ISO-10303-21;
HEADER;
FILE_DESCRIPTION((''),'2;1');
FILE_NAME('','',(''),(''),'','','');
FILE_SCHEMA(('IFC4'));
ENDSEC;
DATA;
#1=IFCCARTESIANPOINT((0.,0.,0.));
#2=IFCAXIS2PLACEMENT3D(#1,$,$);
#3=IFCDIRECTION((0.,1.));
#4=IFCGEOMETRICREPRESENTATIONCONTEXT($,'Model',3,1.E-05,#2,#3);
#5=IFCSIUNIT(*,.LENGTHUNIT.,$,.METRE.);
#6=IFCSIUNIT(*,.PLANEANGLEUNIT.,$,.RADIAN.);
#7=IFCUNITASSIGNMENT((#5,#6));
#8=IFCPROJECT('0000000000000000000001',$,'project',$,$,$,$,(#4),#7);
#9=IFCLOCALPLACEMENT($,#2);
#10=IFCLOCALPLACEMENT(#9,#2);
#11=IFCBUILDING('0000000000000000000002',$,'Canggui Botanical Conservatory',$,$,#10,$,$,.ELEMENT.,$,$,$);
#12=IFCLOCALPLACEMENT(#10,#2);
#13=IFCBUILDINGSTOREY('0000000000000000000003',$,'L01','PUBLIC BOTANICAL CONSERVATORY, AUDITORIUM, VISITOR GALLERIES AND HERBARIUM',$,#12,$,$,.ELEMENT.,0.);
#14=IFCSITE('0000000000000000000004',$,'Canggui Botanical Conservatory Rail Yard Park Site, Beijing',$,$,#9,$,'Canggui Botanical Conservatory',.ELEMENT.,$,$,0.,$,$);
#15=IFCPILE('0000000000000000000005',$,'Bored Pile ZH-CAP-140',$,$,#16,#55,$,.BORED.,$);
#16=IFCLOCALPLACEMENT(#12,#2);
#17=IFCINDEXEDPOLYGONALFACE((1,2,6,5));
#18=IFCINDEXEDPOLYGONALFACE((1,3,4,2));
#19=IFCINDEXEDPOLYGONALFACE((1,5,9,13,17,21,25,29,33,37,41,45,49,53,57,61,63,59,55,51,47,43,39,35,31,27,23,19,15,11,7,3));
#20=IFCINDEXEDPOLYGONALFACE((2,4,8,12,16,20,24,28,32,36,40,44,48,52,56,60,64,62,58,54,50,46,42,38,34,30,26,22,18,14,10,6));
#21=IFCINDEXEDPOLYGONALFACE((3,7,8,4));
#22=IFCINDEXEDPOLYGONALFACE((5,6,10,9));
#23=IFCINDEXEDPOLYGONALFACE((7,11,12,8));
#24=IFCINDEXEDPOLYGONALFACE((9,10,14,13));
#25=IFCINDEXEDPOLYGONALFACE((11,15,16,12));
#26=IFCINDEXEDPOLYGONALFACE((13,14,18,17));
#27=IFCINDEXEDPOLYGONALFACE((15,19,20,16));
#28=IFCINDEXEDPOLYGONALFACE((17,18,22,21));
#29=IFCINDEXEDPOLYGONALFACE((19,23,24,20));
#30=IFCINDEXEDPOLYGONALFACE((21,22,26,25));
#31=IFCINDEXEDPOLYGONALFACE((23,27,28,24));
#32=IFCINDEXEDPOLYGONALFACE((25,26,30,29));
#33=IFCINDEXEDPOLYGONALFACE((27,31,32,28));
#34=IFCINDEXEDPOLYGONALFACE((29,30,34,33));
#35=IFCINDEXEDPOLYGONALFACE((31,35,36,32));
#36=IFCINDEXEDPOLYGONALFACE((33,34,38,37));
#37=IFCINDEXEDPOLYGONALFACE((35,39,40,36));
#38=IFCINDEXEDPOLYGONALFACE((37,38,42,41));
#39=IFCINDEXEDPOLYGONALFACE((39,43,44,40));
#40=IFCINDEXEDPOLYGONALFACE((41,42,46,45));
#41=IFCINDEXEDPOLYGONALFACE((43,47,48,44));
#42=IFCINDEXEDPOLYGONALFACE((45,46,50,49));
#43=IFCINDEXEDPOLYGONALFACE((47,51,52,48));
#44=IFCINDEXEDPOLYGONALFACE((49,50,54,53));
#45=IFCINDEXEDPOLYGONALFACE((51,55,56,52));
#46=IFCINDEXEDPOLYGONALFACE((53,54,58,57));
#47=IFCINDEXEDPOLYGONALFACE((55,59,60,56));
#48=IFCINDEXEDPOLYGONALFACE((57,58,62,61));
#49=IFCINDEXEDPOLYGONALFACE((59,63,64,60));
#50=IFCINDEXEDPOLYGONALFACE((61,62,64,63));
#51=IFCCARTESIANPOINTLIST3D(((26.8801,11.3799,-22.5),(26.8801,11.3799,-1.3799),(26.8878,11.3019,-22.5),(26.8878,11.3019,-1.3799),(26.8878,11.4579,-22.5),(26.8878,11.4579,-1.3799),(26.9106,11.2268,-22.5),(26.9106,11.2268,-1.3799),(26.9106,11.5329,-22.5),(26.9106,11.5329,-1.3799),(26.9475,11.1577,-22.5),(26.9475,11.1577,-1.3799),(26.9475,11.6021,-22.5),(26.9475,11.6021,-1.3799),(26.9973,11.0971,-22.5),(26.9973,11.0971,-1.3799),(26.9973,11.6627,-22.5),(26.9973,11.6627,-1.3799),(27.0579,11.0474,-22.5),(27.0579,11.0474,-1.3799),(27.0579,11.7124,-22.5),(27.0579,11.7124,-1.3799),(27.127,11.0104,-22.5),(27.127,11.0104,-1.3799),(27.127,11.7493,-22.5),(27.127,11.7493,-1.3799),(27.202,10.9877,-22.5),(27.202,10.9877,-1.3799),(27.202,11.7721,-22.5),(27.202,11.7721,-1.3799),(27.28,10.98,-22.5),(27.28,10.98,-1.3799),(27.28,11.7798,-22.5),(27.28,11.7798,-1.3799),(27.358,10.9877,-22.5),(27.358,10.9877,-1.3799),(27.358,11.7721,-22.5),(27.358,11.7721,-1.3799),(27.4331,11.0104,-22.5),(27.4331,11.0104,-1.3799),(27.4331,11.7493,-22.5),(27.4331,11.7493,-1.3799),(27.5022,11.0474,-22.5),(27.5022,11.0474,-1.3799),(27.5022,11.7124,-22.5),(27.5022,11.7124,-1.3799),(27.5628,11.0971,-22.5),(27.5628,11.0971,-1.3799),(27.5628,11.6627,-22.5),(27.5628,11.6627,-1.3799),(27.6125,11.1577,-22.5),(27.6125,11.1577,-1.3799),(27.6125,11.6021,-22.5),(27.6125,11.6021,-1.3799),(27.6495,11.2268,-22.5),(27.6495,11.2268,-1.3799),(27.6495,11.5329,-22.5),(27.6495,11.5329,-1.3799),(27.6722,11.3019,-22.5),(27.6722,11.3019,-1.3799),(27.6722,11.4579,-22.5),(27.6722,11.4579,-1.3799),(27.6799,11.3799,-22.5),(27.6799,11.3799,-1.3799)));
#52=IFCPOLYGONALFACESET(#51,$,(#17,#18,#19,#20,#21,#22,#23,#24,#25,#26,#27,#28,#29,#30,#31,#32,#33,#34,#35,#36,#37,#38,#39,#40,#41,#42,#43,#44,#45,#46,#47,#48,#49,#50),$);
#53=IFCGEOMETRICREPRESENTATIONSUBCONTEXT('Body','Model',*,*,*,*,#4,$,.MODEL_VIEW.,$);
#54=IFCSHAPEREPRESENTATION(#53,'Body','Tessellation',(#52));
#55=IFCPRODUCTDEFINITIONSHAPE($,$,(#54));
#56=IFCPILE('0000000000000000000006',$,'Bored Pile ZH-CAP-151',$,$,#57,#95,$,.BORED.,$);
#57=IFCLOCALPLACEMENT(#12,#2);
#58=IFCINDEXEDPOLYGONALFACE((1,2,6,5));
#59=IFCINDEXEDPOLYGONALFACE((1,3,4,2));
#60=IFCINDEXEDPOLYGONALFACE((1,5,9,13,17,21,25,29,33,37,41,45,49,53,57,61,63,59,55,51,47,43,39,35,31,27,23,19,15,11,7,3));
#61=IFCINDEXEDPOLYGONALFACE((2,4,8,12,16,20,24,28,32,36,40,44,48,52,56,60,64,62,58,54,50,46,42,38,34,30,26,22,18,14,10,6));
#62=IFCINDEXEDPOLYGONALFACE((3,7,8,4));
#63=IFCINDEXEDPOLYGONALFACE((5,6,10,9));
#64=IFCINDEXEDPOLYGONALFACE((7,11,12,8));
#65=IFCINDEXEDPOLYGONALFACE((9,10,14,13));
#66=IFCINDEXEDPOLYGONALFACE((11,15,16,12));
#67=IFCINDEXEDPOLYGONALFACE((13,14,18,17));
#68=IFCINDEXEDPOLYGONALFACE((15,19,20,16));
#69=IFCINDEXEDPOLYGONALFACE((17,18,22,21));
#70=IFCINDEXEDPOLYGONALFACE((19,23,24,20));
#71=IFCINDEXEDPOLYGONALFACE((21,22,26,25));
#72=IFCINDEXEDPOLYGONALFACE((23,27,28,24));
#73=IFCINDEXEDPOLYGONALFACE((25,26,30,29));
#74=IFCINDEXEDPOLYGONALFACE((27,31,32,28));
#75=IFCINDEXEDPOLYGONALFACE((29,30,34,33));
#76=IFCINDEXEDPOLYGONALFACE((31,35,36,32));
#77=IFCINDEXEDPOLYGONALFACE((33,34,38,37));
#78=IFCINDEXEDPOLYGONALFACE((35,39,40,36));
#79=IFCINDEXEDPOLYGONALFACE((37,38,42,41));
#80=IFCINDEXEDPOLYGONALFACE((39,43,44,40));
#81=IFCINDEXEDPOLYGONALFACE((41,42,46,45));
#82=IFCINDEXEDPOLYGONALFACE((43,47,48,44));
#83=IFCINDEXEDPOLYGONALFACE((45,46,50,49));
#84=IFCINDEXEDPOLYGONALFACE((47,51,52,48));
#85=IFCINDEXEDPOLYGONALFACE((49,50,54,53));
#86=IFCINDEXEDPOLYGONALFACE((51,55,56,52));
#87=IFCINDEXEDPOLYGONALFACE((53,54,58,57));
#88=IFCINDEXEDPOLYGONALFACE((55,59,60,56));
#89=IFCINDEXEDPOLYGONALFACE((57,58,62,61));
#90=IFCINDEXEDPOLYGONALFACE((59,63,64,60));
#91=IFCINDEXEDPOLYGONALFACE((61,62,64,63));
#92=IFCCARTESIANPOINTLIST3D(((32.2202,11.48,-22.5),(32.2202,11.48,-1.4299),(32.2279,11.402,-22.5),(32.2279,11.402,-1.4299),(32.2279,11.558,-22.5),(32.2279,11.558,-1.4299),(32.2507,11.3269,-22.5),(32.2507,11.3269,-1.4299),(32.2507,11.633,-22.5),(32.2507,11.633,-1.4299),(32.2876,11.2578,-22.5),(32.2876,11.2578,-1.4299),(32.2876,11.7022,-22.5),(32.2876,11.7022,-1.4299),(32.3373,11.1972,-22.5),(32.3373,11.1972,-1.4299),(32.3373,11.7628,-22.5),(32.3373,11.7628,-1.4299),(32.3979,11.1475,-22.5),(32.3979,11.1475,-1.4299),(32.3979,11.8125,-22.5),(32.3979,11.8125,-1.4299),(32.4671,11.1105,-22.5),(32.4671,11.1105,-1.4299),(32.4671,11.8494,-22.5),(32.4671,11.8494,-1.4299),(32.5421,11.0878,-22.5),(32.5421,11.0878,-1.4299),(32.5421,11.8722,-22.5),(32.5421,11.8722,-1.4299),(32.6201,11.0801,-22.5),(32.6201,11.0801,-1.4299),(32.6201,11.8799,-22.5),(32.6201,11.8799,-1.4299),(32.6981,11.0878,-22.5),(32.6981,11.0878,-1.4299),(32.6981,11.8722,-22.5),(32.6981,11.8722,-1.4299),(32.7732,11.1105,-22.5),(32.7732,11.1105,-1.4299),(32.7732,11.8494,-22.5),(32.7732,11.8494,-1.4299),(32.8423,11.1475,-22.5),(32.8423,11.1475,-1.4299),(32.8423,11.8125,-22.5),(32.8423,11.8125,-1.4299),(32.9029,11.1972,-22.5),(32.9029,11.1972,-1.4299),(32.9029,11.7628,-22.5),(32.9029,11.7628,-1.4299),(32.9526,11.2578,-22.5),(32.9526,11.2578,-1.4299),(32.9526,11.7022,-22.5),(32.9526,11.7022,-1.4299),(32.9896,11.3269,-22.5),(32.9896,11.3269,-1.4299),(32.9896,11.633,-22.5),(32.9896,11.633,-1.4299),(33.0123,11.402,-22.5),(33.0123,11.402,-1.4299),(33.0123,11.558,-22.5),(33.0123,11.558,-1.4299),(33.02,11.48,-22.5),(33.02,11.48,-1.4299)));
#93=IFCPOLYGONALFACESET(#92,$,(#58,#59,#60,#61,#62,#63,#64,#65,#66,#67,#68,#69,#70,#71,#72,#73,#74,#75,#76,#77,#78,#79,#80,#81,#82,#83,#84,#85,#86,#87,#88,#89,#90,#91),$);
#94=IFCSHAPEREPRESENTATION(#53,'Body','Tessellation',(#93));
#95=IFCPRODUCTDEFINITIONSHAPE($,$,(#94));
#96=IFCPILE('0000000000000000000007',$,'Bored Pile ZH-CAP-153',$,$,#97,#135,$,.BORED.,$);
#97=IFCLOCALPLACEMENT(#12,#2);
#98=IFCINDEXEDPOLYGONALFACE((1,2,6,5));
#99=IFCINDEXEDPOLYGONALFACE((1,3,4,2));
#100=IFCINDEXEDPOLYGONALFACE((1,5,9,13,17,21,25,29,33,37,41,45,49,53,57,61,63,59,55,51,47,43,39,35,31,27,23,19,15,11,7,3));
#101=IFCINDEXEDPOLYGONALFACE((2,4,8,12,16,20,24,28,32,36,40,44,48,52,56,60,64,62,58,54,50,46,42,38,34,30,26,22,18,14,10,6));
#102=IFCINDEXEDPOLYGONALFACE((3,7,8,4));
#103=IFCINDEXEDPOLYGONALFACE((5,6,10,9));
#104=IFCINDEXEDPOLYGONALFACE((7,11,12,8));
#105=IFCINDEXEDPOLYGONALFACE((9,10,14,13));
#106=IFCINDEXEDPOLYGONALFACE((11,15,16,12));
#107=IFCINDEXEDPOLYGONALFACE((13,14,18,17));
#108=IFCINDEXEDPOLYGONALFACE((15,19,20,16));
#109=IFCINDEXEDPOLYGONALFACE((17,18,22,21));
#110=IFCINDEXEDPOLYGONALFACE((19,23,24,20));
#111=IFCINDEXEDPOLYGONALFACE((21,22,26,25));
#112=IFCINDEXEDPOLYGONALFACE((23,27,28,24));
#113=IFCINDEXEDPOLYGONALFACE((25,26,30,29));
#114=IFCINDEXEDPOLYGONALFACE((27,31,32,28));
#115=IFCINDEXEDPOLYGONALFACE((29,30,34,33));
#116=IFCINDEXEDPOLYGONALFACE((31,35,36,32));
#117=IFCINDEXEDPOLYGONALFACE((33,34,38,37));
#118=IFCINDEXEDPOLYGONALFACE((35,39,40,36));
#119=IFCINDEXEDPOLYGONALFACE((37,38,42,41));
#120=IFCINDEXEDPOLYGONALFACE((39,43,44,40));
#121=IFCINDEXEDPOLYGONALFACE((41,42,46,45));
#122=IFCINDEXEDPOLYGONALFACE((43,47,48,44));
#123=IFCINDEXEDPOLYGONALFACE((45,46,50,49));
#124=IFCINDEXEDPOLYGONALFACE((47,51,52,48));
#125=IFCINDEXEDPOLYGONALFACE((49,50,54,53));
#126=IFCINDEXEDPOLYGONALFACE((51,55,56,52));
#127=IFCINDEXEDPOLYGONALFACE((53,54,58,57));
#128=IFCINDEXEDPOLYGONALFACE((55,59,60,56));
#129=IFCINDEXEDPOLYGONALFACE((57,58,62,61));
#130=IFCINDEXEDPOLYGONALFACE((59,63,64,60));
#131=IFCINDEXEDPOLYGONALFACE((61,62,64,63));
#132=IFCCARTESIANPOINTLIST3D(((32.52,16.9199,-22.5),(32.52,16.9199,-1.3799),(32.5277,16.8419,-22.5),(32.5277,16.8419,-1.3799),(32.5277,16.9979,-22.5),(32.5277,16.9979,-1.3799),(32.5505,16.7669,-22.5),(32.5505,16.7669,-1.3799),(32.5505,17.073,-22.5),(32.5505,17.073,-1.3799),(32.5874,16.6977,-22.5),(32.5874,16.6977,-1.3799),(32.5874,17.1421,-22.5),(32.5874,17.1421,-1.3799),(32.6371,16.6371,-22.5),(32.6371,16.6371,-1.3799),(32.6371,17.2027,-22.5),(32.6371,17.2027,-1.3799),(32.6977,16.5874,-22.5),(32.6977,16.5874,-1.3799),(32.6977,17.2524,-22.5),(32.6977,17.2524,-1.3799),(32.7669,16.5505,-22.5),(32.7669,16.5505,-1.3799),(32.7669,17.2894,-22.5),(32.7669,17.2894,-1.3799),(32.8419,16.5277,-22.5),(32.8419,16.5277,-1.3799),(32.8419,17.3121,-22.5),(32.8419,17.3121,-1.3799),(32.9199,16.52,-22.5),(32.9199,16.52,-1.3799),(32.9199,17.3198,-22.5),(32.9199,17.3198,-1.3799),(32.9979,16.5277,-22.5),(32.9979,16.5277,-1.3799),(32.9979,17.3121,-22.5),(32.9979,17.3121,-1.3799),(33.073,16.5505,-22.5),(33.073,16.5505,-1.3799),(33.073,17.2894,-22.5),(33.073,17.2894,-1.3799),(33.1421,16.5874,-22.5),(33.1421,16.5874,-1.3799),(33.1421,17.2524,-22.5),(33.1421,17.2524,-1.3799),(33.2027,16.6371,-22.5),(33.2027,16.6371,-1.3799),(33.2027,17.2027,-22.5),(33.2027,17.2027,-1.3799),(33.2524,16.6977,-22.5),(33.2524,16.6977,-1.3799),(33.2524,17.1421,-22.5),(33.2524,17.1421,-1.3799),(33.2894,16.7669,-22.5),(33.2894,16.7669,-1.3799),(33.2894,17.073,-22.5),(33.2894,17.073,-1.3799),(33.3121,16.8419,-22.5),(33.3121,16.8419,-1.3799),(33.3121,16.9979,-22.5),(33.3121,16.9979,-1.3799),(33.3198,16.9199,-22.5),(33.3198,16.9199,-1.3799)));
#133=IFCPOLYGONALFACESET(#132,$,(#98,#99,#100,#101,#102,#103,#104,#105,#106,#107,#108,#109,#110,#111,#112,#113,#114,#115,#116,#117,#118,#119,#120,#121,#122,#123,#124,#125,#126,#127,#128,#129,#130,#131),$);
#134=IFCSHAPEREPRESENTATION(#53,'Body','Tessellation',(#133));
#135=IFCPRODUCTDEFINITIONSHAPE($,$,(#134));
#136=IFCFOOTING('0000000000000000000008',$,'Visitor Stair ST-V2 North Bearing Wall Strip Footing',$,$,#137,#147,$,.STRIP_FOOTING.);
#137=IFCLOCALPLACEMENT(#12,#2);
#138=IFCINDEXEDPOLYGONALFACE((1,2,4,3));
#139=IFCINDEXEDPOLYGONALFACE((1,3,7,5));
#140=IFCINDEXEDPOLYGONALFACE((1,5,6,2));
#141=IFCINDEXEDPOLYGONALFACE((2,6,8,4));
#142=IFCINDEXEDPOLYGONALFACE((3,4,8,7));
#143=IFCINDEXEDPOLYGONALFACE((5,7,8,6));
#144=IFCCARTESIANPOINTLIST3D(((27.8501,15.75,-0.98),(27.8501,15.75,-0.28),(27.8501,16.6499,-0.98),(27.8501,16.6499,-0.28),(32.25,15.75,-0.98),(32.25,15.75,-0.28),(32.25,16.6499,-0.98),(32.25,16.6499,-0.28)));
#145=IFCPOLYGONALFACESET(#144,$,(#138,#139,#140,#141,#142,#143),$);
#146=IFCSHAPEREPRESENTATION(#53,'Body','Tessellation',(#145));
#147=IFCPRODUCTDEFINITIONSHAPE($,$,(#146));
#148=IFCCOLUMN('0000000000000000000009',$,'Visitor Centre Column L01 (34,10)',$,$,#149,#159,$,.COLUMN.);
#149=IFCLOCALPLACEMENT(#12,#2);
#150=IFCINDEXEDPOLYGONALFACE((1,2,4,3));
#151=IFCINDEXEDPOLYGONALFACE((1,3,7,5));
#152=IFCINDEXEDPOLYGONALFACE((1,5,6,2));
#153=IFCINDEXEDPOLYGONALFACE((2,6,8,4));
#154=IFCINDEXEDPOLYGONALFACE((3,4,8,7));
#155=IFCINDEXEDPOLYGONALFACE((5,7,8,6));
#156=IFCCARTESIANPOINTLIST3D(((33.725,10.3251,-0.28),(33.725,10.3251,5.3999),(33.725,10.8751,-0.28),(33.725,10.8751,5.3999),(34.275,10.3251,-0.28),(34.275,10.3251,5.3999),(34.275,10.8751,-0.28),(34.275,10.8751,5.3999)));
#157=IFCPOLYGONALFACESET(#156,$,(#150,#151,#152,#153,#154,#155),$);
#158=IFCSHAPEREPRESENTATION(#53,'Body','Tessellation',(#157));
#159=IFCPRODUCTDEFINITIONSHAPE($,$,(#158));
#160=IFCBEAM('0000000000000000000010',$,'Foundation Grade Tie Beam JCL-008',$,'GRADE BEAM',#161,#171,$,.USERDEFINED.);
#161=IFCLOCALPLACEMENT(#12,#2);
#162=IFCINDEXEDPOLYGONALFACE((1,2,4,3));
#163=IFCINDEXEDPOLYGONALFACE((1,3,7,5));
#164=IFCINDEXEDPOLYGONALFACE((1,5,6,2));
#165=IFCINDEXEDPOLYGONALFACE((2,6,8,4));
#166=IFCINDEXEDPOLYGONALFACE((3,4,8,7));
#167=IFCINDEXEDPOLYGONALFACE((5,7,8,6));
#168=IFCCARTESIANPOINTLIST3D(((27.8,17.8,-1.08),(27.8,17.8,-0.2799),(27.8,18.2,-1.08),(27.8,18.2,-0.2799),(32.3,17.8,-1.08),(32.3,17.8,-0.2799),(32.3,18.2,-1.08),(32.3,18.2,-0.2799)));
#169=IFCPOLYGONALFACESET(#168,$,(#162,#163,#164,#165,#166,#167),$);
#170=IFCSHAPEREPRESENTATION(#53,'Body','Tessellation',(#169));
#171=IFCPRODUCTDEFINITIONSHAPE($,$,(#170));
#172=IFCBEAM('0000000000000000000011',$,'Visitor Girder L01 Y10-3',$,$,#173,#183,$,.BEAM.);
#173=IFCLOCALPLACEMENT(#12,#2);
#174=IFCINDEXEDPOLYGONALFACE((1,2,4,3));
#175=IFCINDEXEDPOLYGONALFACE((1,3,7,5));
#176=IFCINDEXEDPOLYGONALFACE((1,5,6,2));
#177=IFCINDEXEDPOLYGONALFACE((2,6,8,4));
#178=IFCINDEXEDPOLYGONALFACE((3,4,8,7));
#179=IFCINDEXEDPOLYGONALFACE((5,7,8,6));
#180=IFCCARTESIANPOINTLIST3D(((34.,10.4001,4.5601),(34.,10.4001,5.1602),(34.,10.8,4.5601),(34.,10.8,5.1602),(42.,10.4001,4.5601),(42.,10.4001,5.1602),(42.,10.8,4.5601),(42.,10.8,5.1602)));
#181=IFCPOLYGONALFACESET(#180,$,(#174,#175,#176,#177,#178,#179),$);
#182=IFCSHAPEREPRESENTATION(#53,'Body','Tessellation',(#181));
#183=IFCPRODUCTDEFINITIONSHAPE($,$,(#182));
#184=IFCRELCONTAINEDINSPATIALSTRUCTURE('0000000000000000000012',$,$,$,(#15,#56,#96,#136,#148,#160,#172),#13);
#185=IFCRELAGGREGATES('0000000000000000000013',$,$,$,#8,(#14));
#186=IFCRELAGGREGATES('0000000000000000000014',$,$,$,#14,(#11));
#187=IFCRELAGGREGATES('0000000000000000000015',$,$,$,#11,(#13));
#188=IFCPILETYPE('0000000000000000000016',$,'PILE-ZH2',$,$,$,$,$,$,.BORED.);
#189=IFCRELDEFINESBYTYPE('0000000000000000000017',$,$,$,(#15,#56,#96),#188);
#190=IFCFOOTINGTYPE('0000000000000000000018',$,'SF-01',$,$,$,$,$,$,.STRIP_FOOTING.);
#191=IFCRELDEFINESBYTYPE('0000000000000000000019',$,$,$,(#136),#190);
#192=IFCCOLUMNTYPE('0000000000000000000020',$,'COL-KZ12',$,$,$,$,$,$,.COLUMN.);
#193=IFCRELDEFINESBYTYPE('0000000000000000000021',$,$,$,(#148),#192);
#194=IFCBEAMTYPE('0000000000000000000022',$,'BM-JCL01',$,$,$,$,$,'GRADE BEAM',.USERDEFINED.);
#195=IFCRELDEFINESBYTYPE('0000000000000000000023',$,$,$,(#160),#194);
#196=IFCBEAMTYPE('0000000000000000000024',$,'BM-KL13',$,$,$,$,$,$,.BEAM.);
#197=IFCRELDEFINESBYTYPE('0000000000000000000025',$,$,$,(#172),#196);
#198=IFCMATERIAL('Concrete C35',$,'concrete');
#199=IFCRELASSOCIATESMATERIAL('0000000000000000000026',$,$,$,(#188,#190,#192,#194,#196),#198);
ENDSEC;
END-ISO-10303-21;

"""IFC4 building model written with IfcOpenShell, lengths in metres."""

from ifc_helpers import new_model, si_unit, direction, frame, origin, origin_2d, place, context, subcontext, project, spatial, rectangle, circle, extrude, material, material_profile, profile_set, type_object, element, save


model = new_model("IFC4")

# Units and contexts
model_context = context("Model", 3, precision=1e-05, world=origin(), true_north=direction((0.0, 1.0)))
body_context = subcontext(model_context, "Body", "Model", "MODEL_VIEW")
ifc_project = project(units=[si_unit("LENGTHUNIT", "METRE"), si_unit("PLANEANGLEUNIT", "RADIAN")], contexts=[model_context])

# Site, building, storey
site_placement = place(None, origin())
site = spatial("IfcSite", under=ifc_project, at=site_placement, Name="Canggui Botanical Conservatory Rail Yard Park Site, Beijing", LongName="Canggui Botanical Conservatory", CompositionType="ELEMENT", RefElevation=0.0)
building_placement = place(site_placement, origin())
building = spatial("IfcBuilding", under=site, at=building_placement, Name="Canggui Botanical Conservatory", CompositionType="ELEMENT")
storey_placement = place(building_placement, origin())
storey = spatial("IfcBuildingStorey", under=building, at=storey_placement, Name="L01", Description="PUBLIC BOTANICAL CONSERVATORY, AUDITORIUM, VISITOR GALLERIES AND HERBARIUM", CompositionType="ELEMENT", Elevation=0.0)

# Piles
ifc_material_1 = material(Name="Concrete C35", Category="concrete")
ifc_material_profile_1 = material_profile(ifc_material_1, circle(Radius=0.3999, at=origin_2d()), Name="PILE D800")
ifc_profile_set_1 = profile_set([ifc_material_profile_1], Name="Concrete C35")
pile_type = type_object("IfcPileType", Name="PILE-ZH2", PredefinedType="BORED", material=ifc_profile_set_1)
pile_1_placement = place(storey_placement, frame((27.28, 11.3799, -1.3799), z_axis=(0.0, 0.0, -1.0), x_axis=(1.0, 0.0, 0.0)))
element("IfcPile", 1, at=pile_1_placement, inside=storey, type_object=pile_type, Name="Bored Pile ZH-CAP-140", PredefinedType="BORED", context=body_context, shape_type="SweptSolid", body=[
    extrude(circle(Radius=0.3999, at=origin_2d()), origin(), (0.0, 0.0, 1.0), 21.1201),
])
pile_2_placement = place(storey_placement, frame((32.6201, 11.48, -1.4299), z_axis=(0.0, 0.0, -1.0), x_axis=(1.0, 0.0, 0.0)))
element("IfcPile", 2, at=pile_2_placement, inside=storey, type_object=pile_type, Name="Bored Pile ZH-CAP-151", PredefinedType="BORED", context=body_context, shape_type="SweptSolid", body=[
    extrude(circle(Radius=0.3999, at=origin_2d()), origin(), (0.0, 0.0, 1.0), 21.0701),
])
pile_3_placement = place(storey_placement, frame((32.9199, 16.9199, -1.3799), z_axis=(0.0, 0.0, -1.0), x_axis=(1.0, 0.0, 0.0)))
element("IfcPile", 3, at=pile_3_placement, inside=storey, type_object=pile_type, Name="Bored Pile ZH-CAP-153", PredefinedType="BORED", context=body_context, shape_type="SweptSolid", body=[
    extrude(circle(Radius=0.3999, at=origin_2d()), origin(), (0.0, 0.0, 1.0), 21.1201),
])

# Footing
footing_type = type_object("IfcFootingType", Name="SF-01", PredefinedType="STRIP_FOOTING", material=ifc_material_1)
footing_placement = place(storey_placement, frame((30.05, 16.2, -0.98), z_axis=(0.0, 0.0, 1.0), x_axis=(1.0, 0.0, 0.0)))
element("IfcFooting", 4, at=footing_placement, inside=storey, type_object=footing_type, Name="Visitor Stair ST-V2 North Bearing Wall Strip Footing", PredefinedType="STRIP_FOOTING", context=body_context, shape_type="SweptSolid", body=[
    extrude(rectangle(XDim=4.3999, YDim=0.8999, at=origin_2d()), origin(), (0.0, 0.0, 1.0), 0.7),
])

# Column
ifc_material_profile_2 = material_profile(ifc_material_1, rectangle(XDim=0.55, YDim=0.55, at=origin_2d()), Name="RC 550x550")
ifc_profile_set_2 = profile_set([ifc_material_profile_2], Name="Concrete C35")
column_type = type_object("IfcColumnType", Name="COL-KZ12", PredefinedType="COLUMN", material=ifc_profile_set_2)
column_placement = place(storey_placement, frame((34.0, 10.6001, -0.28), z_axis=(0.0, 0.0, 1.0), x_axis=(1.0, 0.0, 0.0)))
element("IfcColumn", 5, at=column_placement, inside=storey, type_object=column_type, Name="Visitor Centre Column L01 (34,10)", PredefinedType="COLUMN", context=body_context, shape_type="SweptSolid", body=[
    extrude(rectangle(XDim=0.55, YDim=0.55, at=origin_2d()), origin(), (0.0, 0.0, 1.0), 5.6799),
])

# Beams
ifc_material_profile_3 = material_profile(ifc_material_1, rectangle(XDim=0.3999, YDim=0.8, at=origin_2d()), Name="RB 400x800")
ifc_profile_set_3 = profile_set([ifc_material_profile_3], Name="Concrete C35")
beam_type_1 = type_object("IfcBeamType", Name="BM-JCL01", ElementType="GRADE BEAM", PredefinedType="USERDEFINED", material=ifc_profile_set_3)
beam_1_placement = place(storey_placement, frame((27.8, 18.0, -0.6799), z_axis=(1.0, 0.0, 0.0), x_axis=(0.0, 1.0, 0.0)))
element("IfcBeam", 6, at=beam_1_placement, inside=storey, type_object=beam_type_1, Name="Foundation Grade Tie Beam JCL-008", ObjectType="GRADE BEAM", PredefinedType="USERDEFINED", context=body_context, shape_type="SweptSolid", body=[
    extrude(rectangle(XDim=0.3999, YDim=0.8, at=origin_2d()), origin(), (0.0, 0.0, 1.0), 4.5),
])
ifc_material_profile_4 = material_profile(ifc_material_1, rectangle(XDim=0.3999, YDim=0.6001, at=origin_2d()), Name="RB 400x600")
ifc_profile_set_4 = profile_set([ifc_material_profile_4], Name="Concrete C35")
beam_type_2 = type_object("IfcBeamType", Name="BM-KL13", PredefinedType="BEAM", material=ifc_profile_set_4)
beam_2_placement = place(storey_placement, frame((34.0, 10.6001, 4.8601), z_axis=(1.0, 0.0, 0.0), x_axis=(0.0, 1.0, 0.0)))
element("IfcBeam", 7, at=beam_2_placement, inside=storey, type_object=beam_type_2, Name="Visitor Girder L01 Y10-3", PredefinedType="BEAM", context=body_context, shape_type="SweptSolid", body=[
    extrude(rectangle(XDim=0.3999, YDim=0.6001, at=origin_2d()), origin(), (0.0, 0.0, 1.0), 8.0),
])

save(model, "model.ifc")
